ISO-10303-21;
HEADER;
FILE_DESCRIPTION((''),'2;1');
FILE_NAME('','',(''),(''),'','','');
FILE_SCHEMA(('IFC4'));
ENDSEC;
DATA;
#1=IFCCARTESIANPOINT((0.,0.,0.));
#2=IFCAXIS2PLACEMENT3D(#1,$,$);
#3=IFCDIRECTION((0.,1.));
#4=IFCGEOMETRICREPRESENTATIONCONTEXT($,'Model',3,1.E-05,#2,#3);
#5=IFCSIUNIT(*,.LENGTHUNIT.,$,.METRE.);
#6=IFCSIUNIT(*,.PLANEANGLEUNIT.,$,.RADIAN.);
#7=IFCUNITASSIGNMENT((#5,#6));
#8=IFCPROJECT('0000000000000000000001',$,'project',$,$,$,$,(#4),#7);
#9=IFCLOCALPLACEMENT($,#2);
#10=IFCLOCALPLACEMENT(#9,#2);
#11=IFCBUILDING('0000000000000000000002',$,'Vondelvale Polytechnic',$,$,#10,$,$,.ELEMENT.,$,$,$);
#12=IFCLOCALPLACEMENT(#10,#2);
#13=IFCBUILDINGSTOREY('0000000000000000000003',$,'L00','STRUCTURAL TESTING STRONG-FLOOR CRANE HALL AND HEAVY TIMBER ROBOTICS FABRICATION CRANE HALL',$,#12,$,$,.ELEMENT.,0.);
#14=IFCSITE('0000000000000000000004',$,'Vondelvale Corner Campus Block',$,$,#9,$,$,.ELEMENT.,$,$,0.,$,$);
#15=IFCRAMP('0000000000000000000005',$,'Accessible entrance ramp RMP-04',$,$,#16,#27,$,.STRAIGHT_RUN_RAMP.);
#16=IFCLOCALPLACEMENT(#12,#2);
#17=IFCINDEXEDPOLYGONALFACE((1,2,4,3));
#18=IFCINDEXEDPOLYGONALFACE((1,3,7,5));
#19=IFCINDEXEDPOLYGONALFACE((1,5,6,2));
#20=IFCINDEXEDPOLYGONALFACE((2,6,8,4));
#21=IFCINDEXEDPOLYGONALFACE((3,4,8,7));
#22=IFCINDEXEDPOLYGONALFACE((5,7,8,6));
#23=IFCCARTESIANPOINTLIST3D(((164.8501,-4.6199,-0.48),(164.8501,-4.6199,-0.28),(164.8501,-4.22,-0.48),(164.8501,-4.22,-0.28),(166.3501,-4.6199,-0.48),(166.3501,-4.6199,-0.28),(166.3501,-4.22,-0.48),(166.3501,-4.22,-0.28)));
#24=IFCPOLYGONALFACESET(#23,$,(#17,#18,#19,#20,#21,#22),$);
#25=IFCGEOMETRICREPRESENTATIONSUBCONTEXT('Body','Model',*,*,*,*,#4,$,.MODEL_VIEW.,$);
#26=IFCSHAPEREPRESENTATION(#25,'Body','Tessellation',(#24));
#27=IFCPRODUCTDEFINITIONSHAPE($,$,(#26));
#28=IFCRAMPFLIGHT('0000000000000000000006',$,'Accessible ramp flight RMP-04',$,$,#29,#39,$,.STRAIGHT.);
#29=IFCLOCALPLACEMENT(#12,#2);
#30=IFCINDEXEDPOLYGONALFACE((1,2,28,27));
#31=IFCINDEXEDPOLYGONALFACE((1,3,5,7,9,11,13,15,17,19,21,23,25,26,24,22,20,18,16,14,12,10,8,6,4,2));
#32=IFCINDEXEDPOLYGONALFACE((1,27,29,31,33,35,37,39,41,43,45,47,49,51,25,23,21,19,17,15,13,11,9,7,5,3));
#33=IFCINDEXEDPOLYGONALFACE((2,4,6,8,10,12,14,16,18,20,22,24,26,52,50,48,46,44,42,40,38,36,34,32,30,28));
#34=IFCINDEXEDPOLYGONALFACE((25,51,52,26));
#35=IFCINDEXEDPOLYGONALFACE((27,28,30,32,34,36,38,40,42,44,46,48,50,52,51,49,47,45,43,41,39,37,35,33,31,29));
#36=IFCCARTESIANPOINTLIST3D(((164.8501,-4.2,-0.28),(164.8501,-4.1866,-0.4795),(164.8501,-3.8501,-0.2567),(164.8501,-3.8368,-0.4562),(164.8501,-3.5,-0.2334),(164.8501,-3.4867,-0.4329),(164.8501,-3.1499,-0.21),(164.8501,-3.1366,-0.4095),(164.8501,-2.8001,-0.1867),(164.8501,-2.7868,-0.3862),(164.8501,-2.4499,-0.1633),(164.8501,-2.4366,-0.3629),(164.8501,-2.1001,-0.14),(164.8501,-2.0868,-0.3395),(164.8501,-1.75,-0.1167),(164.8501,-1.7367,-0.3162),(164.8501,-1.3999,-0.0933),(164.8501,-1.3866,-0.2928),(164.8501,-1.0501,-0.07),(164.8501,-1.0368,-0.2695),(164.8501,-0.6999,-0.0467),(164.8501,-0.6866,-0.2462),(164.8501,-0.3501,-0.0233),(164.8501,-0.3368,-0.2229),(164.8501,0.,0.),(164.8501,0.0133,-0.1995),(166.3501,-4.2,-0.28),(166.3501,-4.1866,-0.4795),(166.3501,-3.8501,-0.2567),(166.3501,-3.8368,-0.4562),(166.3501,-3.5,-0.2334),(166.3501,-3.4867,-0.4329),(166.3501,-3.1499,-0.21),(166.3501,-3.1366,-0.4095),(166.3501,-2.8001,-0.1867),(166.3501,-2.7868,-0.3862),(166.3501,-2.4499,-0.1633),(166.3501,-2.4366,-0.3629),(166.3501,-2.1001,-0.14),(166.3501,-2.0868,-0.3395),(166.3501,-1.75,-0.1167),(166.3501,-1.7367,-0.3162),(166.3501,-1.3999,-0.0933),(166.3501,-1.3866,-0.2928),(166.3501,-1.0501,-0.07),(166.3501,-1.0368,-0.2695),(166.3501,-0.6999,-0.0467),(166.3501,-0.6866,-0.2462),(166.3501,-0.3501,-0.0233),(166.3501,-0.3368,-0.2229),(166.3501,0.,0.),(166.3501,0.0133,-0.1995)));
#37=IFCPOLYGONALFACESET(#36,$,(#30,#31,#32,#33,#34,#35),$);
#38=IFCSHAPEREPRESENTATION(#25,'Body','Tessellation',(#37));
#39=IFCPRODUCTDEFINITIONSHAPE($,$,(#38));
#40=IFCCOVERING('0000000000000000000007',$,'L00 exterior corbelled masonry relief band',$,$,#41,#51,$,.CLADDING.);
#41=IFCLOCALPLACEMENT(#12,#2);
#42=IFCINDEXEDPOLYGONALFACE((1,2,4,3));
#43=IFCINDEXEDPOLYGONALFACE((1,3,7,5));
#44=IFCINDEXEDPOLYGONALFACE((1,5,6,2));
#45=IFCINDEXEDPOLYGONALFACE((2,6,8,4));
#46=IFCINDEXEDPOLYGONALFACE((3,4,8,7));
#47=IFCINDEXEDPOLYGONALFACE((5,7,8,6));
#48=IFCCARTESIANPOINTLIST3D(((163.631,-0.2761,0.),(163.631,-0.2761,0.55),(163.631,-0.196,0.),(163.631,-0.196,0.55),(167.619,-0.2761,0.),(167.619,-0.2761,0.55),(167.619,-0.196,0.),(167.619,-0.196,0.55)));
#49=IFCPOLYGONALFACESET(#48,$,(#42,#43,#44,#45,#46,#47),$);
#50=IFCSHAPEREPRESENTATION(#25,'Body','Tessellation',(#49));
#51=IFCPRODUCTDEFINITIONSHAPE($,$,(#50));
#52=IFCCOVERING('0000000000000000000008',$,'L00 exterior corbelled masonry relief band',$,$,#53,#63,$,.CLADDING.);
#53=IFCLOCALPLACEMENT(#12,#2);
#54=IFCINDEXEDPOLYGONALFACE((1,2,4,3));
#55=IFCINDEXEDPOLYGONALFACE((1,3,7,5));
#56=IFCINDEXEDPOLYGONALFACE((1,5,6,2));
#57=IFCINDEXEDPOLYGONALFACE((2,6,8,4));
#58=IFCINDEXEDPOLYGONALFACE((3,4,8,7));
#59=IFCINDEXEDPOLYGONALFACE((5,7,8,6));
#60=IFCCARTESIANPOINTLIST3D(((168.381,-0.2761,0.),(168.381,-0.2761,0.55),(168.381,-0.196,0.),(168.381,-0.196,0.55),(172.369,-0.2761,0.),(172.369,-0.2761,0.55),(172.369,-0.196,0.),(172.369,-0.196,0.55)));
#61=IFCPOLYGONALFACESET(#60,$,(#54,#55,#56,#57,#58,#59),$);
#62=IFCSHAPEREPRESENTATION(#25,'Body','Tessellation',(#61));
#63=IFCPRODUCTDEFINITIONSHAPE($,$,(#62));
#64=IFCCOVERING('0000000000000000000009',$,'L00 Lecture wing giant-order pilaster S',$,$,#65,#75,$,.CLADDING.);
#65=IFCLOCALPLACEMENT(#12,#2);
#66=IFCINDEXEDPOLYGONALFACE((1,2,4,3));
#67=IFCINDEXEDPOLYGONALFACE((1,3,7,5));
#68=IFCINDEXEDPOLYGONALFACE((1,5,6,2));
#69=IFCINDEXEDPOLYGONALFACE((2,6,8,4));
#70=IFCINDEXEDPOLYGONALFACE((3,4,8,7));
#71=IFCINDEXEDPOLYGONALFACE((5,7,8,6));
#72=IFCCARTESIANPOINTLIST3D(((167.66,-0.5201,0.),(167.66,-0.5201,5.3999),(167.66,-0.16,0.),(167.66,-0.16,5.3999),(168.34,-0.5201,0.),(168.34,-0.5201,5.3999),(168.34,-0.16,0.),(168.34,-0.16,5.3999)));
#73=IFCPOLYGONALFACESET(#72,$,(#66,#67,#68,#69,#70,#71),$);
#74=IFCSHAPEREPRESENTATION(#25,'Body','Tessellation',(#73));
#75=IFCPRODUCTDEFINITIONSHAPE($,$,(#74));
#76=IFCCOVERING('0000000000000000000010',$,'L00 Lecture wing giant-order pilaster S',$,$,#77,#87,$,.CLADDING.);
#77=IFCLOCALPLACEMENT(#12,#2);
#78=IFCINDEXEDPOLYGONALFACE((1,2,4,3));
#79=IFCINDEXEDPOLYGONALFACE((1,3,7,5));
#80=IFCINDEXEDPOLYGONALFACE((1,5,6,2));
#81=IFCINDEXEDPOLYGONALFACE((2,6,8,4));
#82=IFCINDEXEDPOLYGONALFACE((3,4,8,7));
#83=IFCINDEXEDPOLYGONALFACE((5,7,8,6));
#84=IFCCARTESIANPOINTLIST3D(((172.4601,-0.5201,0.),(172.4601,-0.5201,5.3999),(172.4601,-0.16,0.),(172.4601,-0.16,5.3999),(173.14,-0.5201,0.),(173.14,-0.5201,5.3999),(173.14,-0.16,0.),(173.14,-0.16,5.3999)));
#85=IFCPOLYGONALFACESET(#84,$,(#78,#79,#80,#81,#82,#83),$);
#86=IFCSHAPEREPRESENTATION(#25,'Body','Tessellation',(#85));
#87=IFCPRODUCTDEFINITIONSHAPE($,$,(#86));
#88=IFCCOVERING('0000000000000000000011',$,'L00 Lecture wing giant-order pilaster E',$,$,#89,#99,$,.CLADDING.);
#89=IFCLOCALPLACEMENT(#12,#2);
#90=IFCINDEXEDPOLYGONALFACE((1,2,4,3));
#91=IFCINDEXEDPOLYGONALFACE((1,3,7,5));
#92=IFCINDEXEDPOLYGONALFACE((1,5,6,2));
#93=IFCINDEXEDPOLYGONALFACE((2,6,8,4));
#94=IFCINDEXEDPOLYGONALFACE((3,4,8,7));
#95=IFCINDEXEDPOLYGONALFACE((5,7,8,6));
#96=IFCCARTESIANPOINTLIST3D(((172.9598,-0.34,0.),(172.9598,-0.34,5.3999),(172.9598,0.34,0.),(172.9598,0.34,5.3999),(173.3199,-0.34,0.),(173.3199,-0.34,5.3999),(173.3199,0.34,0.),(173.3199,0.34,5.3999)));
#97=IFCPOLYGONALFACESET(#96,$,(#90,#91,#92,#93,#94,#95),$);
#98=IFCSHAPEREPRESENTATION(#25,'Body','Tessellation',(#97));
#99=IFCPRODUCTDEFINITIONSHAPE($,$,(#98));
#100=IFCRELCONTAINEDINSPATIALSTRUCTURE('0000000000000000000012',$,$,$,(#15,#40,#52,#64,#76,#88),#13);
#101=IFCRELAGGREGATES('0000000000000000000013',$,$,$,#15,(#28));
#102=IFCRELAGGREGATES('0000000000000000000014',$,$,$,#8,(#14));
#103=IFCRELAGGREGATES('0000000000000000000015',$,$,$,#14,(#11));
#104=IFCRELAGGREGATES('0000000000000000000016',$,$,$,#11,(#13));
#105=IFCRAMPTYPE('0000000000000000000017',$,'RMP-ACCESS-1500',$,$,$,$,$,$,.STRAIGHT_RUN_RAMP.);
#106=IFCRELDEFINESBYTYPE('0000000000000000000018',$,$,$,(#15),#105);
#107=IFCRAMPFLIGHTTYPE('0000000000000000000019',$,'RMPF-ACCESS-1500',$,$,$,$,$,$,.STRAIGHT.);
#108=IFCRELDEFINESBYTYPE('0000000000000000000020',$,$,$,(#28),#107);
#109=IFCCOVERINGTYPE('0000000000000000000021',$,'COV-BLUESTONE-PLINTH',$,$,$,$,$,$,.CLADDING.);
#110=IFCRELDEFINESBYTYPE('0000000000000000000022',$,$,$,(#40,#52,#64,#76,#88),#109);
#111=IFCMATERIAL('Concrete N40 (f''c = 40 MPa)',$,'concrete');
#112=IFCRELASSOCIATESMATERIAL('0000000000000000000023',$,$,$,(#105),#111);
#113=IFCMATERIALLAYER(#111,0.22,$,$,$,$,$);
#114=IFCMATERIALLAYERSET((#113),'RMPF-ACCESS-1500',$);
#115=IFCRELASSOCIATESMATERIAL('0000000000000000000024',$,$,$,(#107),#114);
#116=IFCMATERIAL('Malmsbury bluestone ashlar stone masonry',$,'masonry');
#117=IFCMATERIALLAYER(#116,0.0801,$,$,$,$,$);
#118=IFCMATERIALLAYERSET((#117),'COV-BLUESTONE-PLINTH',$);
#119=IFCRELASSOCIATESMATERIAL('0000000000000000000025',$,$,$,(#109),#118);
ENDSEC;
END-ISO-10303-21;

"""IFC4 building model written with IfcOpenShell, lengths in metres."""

from ifc_helpers import new_model, si_unit, direction, frame, origin, origin_2d, place, context, subcontext, project, spatial, polyline, rectangle, outline, extrude, material, layer, layer_set, type_object, element, aggregate, save


model = new_model("IFC4")

# Units and contexts
model_context = context("Model", 3, precision=1e-05, world=origin(), true_north=direction((0.0, 1.0)))
body_context = subcontext(model_context, "Body", "Model", "MODEL_VIEW")
ifc_project = project(units=[si_unit("LENGTHUNIT", "METRE"), si_unit("PLANEANGLEUNIT", "RADIAN")], contexts=[model_context])

# Site, building, storey
site_placement = place(None, origin())
site = spatial("IfcSite", under=ifc_project, at=site_placement, Name="Vondelvale Corner Campus Block", CompositionType="ELEMENT", RefElevation=0.0)
building_placement = place(site_placement, origin())
building = spatial("IfcBuilding", under=site, at=building_placement, Name="Vondelvale Polytechnic", CompositionType="ELEMENT")
storey_placement = place(building_placement, origin())
storey = spatial("IfcBuildingStorey", under=building, at=storey_placement, Name="L00", Description="STRUCTURAL TESTING STRONG-FLOOR CRANE HALL AND HEAVY TIMBER ROBOTICS FABRICATION CRANE HALL", CompositionType="ELEMENT", Elevation=0.0)

# Shared definitions
ifc_material_1 = material(Name="Concrete N40 (f'c = 40 MPa)", Category="concrete")

# Shared definitions
ifc_material_2 = material(Name="Malmsbury bluestone ashlar stone masonry", Category="masonry")

# Ramp, ramp flight
ramp_type = type_object("IfcRampType", Name="RMP-ACCESS-1500", PredefinedType="STRAIGHT_RUN_RAMP", material=ifc_material_1)
ramp_placement = place(storey_placement, frame((165.6001, -4.4199, -0.48), z_axis=(0.0, 0.0, 1.0), x_axis=(1.0, 0.0, 0.0)))
ramp = element("IfcRamp", 1, at=ramp_placement, inside=storey, type_object=ramp_type, Name="Accessible entrance ramp RMP-04", PredefinedType="STRAIGHT_RUN_RAMP", context=body_context, shape_type="SweptSolid", body=[
    extrude(rectangle(XDim=1.5, YDim=0.3999, at=origin_2d()), origin(), (0.0, 0.0, 1.0), 0.2),
])
ifc_layer_1 = layer(ifc_material_1, 0.22)
ifc_layer_set_1 = layer_set([ifc_layer_1], Name="RMPF-ACCESS-1500")
ramp_flight_type = type_object("IfcRampFlightType", Name="RMPF-ACCESS-1500", PredefinedType="STRAIGHT", material=ifc_layer_set_1)
ramp_flight_placement = place(storey_placement, frame((164.8501, -4.2, -0.28), z_axis=(0.0, -0.066527, 0.997785), x_axis=(0.0, 0.997785, 0.066527)))
ramp_flight = element("IfcRampFlight", 2, at=ramp_flight_placement, type_object=ramp_flight_type, Name="Accessible ramp flight RMP-04", PredefinedType="STRAIGHT", context=body_context, shape_type="SweptSolid", body=[
    extrude(outline(polyline([(0.0, 0.0), (0.3506, 0.0), (0.7015, 0.0), (1.0524, 0.0), (1.403, 0.0), (1.7539, 0.0), (2.1045, 0.0), (2.4554, 0.0), (2.8063, 0.0), (3.1569, 0.0), (3.5078, 0.0), (3.8584, 0.0), (4.2093, 0.0), (4.2093, -1.5), (3.8584, -1.5), (3.5078, -1.5), (3.1569, -1.5), (2.8063, -1.5), (2.4554, -1.5), (2.1045, -1.5), (1.7539, -1.5), (1.403, -1.5), (1.0524, -1.5), (0.7015, -1.5), (0.3506, -1.5), (0.0, -1.5), (0.0, 0.0)])), origin(), (0.0, 0.0, -1.0), 0.2),
])
aggregate(ramp, [ramp_flight])

# Coverings
ifc_layer_2 = layer(ifc_material_2, 0.0801)
ifc_layer_set_2 = layer_set([ifc_layer_2], Name="COV-BLUESTONE-PLINTH")
covering_type = type_object("IfcCoveringType", Name="COV-BLUESTONE-PLINTH", PredefinedType="CLADDING", material=ifc_layer_set_2)
for number, where, z_axis, x_axis, name in (
    (3, (165.625, -0.2361, 0.0), (0.0, 0.0, 1.0), (-1.0, 0.0, 0.0), "L00 exterior corbelled masonry relief band"),
    (4, (170.375, -0.2361, 0.0), (0.0, 0.0, 1.0), (-1.0, 0.0, 0.0), "L00 exterior corbelled masonry relief band"),
):
    element("IfcCovering", number, at=place(storey_placement, frame(where, z_axis=z_axis, x_axis=x_axis)), inside=storey, type_object=covering_type, Name=name, PredefinedType="CLADDING", context=body_context, shape_type="SweptSolid", body=[
        extrude(rectangle(XDim=3.988, YDim=0.0801, at=origin_2d()), origin(), (0.0, 0.0, 1.0), 0.55),
    ])
for number, where, z_axis, x_axis, name in (
    (5, (168.0, -0.3401, 0.0), (0.0, 0.0, 1.0), (1.0, 0.0, 0.0), "L00 Lecture wing giant-order pilaster S"),
    (6, (172.8, -0.3401, 0.0), (0.0, 0.0, 1.0), (1.0, 0.0, 0.0), "L00 Lecture wing giant-order pilaster S"),
):
    element("IfcCovering", number, at=place(storey_placement, frame(where, z_axis=z_axis, x_axis=x_axis)), inside=storey, type_object=covering_type, Name=name, PredefinedType="CLADDING", context=body_context, shape_type="SweptSolid", body=[
        extrude(rectangle(XDim=0.6799, YDim=0.3601, at=origin_2d()), origin(), (0.0, 0.0, 1.0), 5.3999),
    ])
covering_placement = place(storey_placement, frame((173.1399, 0.0, 0.0), z_axis=(0.0, 0.0, 1.0), x_axis=(1.0, 0.0, 0.0)))
element("IfcCovering", 7, at=covering_placement, inside=storey, type_object=covering_type, Name="L00 Lecture wing giant-order pilaster E", PredefinedType="CLADDING", context=body_context, shape_type="SweptSolid", body=[
    extrude(rectangle(XDim=0.3601, YDim=0.6799, at=origin_2d()), origin(), (0.0, 0.0, 1.0), 5.3999),
])

save(model, "model.ifc")
